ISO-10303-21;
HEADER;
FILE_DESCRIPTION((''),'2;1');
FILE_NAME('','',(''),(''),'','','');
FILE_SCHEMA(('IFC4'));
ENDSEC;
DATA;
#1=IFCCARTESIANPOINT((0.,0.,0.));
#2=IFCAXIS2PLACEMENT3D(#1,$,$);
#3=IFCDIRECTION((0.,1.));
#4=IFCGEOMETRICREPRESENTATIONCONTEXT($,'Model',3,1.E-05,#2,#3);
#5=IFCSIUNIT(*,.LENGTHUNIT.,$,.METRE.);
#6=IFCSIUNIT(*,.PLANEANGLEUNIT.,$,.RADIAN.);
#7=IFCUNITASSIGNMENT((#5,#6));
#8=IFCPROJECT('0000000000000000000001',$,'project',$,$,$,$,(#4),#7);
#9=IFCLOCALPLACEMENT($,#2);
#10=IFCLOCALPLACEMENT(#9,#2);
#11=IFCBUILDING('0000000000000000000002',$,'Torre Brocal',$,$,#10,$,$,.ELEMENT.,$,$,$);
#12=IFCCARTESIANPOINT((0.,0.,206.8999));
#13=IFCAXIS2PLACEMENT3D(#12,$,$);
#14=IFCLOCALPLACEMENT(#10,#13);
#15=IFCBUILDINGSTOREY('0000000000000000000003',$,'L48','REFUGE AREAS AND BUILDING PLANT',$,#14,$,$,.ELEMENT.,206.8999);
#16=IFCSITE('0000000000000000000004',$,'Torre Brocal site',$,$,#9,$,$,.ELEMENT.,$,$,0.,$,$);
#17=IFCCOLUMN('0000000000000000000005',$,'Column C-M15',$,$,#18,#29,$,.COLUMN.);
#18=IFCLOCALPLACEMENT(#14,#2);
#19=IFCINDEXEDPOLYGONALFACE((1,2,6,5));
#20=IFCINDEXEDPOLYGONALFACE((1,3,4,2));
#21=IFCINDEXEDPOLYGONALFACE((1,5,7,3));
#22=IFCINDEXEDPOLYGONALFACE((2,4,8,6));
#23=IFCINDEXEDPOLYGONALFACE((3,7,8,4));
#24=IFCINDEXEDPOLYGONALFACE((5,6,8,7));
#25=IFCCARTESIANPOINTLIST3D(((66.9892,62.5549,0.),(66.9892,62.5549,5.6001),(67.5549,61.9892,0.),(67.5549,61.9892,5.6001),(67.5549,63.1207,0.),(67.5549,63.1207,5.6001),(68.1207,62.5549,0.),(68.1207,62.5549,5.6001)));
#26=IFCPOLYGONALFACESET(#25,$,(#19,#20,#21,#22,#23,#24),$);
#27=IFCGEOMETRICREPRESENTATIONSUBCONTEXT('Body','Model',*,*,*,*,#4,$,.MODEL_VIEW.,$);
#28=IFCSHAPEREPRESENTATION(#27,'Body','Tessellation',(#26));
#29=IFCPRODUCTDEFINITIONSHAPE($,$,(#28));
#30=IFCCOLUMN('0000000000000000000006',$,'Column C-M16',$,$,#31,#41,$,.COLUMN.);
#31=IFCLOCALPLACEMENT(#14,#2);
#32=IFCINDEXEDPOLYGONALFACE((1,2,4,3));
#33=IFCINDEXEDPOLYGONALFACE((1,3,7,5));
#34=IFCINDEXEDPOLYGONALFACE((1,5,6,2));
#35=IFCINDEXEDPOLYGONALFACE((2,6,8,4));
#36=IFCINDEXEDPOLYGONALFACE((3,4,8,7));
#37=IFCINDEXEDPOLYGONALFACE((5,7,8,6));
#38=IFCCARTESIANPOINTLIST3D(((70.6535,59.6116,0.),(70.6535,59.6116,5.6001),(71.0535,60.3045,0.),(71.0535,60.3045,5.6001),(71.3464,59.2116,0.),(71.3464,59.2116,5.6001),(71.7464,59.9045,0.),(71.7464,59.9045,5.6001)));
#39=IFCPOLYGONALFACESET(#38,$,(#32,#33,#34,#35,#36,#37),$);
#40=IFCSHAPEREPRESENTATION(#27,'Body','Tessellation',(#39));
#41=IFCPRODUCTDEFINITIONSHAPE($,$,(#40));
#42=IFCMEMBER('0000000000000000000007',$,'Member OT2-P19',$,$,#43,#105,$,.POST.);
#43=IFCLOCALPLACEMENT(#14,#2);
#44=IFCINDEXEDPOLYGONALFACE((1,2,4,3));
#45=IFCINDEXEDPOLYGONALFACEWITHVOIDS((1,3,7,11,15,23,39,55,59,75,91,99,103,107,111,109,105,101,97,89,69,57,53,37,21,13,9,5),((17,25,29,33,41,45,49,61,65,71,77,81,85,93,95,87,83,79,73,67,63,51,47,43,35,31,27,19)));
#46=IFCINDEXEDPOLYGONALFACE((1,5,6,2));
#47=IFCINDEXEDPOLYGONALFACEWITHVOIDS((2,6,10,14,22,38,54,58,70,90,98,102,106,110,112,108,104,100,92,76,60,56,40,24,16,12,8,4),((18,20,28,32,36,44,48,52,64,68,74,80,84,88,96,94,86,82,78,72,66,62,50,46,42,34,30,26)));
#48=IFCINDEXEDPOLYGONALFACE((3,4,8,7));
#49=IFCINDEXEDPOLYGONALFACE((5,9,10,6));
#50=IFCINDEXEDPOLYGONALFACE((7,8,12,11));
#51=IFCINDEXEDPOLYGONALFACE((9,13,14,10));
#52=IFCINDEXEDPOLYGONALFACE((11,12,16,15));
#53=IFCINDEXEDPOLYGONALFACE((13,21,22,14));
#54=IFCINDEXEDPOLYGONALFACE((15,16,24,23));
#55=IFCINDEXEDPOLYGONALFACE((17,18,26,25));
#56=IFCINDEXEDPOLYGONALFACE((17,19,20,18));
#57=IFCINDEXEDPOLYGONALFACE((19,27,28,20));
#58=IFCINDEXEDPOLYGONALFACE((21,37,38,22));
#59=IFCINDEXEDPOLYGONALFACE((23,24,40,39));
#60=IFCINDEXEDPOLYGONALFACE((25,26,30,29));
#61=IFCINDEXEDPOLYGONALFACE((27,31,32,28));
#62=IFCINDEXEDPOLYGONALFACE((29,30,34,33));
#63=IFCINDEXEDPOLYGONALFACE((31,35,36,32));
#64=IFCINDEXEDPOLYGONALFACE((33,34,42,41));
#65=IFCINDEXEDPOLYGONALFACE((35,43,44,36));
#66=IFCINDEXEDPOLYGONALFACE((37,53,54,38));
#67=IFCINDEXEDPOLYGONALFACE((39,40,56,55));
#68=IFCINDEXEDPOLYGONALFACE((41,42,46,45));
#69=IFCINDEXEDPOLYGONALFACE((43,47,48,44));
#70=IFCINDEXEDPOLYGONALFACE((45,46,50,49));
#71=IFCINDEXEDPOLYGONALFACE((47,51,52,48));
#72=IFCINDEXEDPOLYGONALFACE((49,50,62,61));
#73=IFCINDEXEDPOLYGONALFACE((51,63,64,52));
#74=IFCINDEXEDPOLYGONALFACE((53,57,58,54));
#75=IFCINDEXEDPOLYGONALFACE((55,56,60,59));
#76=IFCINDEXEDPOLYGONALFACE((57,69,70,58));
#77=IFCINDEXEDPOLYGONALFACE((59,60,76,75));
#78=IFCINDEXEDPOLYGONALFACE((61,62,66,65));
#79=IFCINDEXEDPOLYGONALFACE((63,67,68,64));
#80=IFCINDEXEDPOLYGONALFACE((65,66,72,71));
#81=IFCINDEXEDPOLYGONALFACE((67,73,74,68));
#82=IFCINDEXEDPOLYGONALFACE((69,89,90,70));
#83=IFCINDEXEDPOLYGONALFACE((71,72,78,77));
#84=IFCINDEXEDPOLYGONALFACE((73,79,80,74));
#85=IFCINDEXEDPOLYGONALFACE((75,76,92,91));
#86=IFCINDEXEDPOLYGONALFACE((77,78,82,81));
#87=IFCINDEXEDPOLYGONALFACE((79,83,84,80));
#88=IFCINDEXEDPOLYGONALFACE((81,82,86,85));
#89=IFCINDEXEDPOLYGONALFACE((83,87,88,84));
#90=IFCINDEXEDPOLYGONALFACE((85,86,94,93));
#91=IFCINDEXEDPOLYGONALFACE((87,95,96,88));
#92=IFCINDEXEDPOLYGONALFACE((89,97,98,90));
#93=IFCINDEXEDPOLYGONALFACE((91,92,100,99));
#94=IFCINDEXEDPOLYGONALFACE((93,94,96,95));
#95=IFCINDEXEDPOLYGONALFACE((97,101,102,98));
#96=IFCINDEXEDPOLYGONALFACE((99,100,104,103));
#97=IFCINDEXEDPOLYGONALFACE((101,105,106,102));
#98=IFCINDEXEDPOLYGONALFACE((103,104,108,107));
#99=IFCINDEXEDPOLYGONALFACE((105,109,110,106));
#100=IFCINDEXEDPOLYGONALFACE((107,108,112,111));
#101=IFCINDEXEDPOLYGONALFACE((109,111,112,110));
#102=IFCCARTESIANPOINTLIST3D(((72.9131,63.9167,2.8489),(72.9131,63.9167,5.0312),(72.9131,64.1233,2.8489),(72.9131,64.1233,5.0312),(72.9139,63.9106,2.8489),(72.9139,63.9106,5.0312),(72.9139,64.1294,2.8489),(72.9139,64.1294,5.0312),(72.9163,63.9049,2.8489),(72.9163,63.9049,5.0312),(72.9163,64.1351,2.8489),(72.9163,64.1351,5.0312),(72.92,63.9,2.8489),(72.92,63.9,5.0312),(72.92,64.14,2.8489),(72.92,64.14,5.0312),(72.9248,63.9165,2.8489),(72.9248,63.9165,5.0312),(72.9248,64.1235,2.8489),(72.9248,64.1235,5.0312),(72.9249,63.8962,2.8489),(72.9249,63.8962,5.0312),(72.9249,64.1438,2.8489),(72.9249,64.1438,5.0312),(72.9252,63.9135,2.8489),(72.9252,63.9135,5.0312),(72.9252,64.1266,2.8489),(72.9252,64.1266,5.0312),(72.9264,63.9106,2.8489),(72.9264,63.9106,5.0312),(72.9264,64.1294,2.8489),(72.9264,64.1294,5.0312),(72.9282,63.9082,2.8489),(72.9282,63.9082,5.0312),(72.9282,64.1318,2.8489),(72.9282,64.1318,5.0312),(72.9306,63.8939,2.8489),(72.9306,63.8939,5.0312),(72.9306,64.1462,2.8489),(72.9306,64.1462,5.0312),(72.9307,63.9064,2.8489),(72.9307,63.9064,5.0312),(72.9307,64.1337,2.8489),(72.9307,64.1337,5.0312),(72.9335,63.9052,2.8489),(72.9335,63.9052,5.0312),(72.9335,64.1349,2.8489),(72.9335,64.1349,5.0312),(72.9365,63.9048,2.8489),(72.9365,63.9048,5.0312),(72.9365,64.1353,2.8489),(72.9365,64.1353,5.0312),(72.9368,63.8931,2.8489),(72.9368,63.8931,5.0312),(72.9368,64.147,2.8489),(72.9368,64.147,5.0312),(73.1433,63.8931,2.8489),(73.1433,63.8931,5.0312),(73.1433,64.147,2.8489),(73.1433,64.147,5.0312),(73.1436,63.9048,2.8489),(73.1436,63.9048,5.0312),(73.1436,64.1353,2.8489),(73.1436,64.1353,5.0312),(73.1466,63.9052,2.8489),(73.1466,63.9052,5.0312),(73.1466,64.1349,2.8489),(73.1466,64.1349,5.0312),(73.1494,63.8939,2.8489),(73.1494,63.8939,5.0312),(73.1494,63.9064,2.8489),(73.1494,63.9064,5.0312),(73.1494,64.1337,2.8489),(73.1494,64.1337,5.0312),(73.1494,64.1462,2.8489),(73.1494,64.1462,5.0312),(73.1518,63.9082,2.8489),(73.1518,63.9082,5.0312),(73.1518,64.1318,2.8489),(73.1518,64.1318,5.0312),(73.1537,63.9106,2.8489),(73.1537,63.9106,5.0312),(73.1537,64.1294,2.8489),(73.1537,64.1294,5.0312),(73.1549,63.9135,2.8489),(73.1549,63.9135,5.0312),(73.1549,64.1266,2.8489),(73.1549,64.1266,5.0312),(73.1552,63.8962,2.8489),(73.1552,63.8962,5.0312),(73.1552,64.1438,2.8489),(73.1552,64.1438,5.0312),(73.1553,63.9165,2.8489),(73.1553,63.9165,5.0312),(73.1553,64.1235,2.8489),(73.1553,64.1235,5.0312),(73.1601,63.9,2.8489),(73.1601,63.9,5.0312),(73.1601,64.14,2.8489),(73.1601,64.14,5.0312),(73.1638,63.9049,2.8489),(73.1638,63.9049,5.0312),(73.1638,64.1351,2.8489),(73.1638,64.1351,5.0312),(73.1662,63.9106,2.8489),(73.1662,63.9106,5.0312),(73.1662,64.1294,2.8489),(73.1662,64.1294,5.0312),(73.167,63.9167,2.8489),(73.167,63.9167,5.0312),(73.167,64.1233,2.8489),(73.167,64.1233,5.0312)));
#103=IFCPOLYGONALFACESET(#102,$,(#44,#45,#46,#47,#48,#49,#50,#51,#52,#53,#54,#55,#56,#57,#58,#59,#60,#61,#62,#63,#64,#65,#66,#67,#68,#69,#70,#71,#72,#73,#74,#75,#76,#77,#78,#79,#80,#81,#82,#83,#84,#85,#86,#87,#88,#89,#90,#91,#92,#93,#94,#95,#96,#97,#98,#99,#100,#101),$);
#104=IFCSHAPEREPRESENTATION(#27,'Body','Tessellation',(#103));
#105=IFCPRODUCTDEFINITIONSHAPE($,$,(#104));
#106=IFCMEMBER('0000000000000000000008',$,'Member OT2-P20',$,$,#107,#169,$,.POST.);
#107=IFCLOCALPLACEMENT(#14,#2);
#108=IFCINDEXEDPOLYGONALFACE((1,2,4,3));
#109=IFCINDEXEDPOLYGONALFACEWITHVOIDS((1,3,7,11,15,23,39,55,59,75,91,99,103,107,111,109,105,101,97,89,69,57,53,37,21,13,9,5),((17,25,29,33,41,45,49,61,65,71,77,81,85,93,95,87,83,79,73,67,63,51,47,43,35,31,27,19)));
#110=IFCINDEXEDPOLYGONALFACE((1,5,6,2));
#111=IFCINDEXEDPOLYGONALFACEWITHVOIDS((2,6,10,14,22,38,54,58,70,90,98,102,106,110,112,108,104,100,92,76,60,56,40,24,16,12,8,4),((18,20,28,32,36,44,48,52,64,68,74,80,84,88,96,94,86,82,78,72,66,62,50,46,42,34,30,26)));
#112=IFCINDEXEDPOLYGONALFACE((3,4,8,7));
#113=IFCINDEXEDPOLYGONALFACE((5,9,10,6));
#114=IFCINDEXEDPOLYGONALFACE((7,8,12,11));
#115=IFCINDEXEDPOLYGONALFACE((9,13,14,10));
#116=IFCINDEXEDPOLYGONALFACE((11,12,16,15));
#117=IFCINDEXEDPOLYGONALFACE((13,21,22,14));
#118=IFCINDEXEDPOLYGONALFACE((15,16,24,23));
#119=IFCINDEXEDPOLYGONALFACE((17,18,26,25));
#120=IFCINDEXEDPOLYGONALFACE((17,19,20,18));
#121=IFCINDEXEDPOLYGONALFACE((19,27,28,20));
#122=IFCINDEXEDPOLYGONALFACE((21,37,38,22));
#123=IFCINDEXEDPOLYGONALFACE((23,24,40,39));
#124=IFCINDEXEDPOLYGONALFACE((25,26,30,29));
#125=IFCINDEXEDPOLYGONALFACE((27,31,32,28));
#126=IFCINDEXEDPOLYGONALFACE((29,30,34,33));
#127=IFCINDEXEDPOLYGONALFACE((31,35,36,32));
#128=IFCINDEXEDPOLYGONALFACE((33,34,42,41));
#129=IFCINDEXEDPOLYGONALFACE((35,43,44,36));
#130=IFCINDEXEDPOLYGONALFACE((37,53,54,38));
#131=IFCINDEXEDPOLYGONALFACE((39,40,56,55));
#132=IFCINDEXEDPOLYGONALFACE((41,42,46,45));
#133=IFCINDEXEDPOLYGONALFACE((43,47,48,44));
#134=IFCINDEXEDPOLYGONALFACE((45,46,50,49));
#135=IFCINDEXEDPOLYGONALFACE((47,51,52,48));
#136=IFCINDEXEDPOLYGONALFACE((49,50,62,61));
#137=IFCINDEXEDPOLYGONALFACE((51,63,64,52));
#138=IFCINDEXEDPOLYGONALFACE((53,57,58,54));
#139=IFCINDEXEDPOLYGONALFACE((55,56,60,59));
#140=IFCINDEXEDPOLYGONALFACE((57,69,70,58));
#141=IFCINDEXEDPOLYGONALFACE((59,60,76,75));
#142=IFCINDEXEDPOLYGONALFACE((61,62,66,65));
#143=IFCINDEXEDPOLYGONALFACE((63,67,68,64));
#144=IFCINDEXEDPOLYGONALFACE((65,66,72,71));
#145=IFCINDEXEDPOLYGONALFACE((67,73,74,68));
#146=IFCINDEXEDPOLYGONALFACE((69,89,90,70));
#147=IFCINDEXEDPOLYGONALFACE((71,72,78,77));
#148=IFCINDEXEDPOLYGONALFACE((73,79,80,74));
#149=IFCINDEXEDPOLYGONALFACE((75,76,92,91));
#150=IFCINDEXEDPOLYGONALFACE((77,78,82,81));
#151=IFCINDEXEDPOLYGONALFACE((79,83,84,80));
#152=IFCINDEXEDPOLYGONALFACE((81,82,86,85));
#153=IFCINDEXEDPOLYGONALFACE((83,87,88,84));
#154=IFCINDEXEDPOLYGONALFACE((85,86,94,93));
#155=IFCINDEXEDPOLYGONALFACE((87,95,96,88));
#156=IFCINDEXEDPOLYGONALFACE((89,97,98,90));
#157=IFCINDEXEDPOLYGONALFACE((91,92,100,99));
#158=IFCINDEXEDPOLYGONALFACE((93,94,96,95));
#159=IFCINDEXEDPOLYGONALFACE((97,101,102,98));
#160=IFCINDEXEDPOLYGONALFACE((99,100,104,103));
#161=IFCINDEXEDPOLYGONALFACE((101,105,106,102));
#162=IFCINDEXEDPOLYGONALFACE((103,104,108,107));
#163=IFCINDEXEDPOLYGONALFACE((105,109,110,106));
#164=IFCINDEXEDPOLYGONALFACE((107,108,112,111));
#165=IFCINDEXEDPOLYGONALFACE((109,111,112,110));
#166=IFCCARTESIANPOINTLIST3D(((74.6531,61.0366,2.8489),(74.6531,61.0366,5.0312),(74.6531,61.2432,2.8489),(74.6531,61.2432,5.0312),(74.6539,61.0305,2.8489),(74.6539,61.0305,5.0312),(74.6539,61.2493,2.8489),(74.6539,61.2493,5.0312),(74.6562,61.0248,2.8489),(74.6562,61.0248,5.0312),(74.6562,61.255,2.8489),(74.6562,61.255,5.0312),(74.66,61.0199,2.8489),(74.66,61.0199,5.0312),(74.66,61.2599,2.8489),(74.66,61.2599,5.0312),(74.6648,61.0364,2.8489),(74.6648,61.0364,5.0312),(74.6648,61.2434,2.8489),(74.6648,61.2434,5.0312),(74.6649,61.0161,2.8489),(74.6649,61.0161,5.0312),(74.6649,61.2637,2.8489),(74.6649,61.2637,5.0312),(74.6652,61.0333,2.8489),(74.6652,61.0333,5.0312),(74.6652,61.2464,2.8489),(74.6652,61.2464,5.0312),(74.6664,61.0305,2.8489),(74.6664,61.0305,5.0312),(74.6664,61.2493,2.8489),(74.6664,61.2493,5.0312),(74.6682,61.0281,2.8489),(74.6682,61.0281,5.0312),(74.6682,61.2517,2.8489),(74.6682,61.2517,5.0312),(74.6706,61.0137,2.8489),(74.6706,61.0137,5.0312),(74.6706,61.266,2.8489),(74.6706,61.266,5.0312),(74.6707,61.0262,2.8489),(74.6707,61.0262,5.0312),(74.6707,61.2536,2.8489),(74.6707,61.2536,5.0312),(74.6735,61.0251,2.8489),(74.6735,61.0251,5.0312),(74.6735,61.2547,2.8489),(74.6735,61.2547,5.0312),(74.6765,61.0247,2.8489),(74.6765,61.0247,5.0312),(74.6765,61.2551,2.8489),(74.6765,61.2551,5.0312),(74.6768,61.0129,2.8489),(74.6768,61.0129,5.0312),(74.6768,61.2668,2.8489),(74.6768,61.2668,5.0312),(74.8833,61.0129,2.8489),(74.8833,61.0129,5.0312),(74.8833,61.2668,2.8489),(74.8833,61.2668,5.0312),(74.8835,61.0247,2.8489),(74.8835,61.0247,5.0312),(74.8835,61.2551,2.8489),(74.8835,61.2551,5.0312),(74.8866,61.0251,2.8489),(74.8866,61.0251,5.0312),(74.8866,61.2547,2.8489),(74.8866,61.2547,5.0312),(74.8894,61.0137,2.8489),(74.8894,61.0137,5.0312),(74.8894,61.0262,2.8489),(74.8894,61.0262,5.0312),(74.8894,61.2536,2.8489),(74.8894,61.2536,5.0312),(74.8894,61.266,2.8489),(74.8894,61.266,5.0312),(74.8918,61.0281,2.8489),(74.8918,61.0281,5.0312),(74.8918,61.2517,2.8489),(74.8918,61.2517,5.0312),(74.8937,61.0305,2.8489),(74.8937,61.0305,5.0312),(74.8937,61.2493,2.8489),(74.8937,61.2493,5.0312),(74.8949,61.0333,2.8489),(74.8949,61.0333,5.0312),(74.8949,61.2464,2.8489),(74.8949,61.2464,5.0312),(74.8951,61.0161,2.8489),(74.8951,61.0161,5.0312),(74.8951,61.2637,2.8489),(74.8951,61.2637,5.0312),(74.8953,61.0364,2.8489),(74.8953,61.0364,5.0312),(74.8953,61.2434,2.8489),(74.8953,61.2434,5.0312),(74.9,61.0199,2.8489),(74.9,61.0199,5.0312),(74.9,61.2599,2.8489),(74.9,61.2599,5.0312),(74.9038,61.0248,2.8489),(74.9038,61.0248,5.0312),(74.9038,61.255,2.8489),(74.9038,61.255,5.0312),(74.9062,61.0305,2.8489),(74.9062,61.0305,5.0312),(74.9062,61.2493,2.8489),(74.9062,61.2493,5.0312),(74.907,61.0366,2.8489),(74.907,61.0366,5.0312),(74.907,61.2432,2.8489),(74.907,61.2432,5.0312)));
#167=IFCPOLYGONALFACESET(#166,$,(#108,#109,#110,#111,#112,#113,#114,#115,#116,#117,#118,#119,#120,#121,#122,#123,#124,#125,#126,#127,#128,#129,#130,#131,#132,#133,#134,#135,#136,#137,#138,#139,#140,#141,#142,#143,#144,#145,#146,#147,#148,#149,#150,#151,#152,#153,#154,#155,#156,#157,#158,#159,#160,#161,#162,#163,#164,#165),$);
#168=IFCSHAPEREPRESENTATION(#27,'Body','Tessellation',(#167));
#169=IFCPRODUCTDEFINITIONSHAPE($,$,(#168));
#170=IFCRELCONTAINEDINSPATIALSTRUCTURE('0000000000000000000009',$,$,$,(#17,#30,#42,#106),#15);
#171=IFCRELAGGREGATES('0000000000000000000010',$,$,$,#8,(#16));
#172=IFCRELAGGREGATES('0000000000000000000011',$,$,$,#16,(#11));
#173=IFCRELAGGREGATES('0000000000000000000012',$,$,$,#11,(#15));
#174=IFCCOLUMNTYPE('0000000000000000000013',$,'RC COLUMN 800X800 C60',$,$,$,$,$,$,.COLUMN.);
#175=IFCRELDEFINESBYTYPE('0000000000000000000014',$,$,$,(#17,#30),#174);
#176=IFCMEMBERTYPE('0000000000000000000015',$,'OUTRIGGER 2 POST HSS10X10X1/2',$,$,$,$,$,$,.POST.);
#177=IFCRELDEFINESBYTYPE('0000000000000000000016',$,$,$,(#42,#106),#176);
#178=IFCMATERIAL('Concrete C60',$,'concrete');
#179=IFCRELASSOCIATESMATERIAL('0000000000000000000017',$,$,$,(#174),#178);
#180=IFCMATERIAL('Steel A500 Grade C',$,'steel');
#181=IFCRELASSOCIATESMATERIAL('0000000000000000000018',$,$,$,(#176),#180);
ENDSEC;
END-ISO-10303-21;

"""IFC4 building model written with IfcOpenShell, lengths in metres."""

from ifc_helpers import new_model, si_unit, direction, frame, origin, origin_2d, place, context, subcontext, project, spatial, rectangle, hollow_rectangle, extrude, material, material_profile, profile_set, type_object, element, save


model = new_model("IFC4")

# Units and contexts
model_context = context("Model", 3, precision=1e-05, world=origin(), true_north=direction((0.0, 1.0)))
body_context = subcontext(model_context, "Body", "Model", "MODEL_VIEW")
ifc_project = project(units=[si_unit("LENGTHUNIT", "METRE"), si_unit("PLANEANGLEUNIT", "RADIAN")], contexts=[model_context])

# Site, building, storey
site_placement = place(None, origin())
site = spatial("IfcSite", under=ifc_project, at=site_placement, Name="Torre Brocal site", CompositionType="ELEMENT", RefElevation=0.0)
building_placement = place(site_placement, origin())
building = spatial("IfcBuilding", under=site, at=building_placement, Name="Torre Brocal", CompositionType="ELEMENT")
storey_placement = place(building_placement, frame((0.0, 0.0, 206.8999)))
storey = spatial("IfcBuildingStorey", under=building, at=storey_placement, Name="L48", Description="REFUGE AREAS AND BUILDING PLANT", CompositionType="ELEMENT", Elevation=206.8999)

# Columns
ifc_material_1 = material(Name="Concrete C60", Category="concrete")
ifc_material_profile_1 = material_profile(ifc_material_1, rectangle(XDim=0.8, YDim=0.8, at=origin_2d()), Name="RC 800X800")
ifc_profile_set_1 = profile_set([ifc_material_profile_1], Name="Concrete C60")
column_type = type_object("IfcColumnType", Name="RC COLUMN 800X800 C60", PredefinedType="COLUMN", material=ifc_profile_set_1)
for number, where, z_axis, x_axis, name in (
    (1, (67.5549, 62.5549, 0.0), (0.0, 0.0, 1.0), (-0.707107, -0.707107, 0.0), "Column C-M15"),
    (2, (71.2, 59.7581, 0.0), (0.0, 0.0, 1.0), (-0.5, -0.866025, 0.0), "Column C-M16"),
):
    element("IfcColumn", number, at=place(storey_placement, frame(where, z_axis=z_axis, x_axis=x_axis)), inside=storey, type_object=column_type, Name=name, PredefinedType="COLUMN", context=body_context, shape_type="SweptSolid", body=[
        extrude(rectangle(XDim=0.8, YDim=0.8, at=origin_2d()), origin(), (0.0, 0.0, 1.0), 5.6001),
    ])

# Members
ifc_material_2 = material(Name="Steel A500 Grade C", Category="steel")
ifc_material_profile_2 = material_profile(ifc_material_2, hollow_rectangle(XDim=0.2539, YDim=0.2539, WallThickness=0.0117, InnerFilletRadius=0.0117, OuterFilletRadius=0.0237, at=origin_2d()), Name="HSS10X10X1/2")
ifc_profile_set_2 = profile_set([ifc_material_profile_2], Name="Steel A500 Grade C")
member_type_1 = type_object("IfcMemberType", Name="OUTRIGGER 2 POST HSS10X10X1/2", PredefinedType="POST", material=ifc_profile_set_2)
for number, where, z_axis, x_axis, name in (
    (3, (73.04, 64.02, 2.8489), (0.0, 0.0, 1.0), (1.0, 0.0, 0.0), "Member OT2-P19"),
    (4, (74.78, 61.1399, 2.8489), (0.0, 0.0, 1.0), (1.0, 0.0, 0.0), "Member OT2-P20"),
):
    element("IfcMember", number, at=place(storey_placement, frame(where, z_axis=z_axis, x_axis=x_axis)), inside=storey, type_object=member_type_1, Name=name, PredefinedType="POST", context=body_context, shape_type="SweptSolid", body=[
        extrude(hollow_rectangle(XDim=0.2539, YDim=0.2539, WallThickness=0.0117, InnerFilletRadius=0.0117, OuterFilletRadius=0.0237, at=origin_2d()), origin(), (0.0, 0.0, 1.0), 2.1824),
    ])

save(model, "model.ifc")
